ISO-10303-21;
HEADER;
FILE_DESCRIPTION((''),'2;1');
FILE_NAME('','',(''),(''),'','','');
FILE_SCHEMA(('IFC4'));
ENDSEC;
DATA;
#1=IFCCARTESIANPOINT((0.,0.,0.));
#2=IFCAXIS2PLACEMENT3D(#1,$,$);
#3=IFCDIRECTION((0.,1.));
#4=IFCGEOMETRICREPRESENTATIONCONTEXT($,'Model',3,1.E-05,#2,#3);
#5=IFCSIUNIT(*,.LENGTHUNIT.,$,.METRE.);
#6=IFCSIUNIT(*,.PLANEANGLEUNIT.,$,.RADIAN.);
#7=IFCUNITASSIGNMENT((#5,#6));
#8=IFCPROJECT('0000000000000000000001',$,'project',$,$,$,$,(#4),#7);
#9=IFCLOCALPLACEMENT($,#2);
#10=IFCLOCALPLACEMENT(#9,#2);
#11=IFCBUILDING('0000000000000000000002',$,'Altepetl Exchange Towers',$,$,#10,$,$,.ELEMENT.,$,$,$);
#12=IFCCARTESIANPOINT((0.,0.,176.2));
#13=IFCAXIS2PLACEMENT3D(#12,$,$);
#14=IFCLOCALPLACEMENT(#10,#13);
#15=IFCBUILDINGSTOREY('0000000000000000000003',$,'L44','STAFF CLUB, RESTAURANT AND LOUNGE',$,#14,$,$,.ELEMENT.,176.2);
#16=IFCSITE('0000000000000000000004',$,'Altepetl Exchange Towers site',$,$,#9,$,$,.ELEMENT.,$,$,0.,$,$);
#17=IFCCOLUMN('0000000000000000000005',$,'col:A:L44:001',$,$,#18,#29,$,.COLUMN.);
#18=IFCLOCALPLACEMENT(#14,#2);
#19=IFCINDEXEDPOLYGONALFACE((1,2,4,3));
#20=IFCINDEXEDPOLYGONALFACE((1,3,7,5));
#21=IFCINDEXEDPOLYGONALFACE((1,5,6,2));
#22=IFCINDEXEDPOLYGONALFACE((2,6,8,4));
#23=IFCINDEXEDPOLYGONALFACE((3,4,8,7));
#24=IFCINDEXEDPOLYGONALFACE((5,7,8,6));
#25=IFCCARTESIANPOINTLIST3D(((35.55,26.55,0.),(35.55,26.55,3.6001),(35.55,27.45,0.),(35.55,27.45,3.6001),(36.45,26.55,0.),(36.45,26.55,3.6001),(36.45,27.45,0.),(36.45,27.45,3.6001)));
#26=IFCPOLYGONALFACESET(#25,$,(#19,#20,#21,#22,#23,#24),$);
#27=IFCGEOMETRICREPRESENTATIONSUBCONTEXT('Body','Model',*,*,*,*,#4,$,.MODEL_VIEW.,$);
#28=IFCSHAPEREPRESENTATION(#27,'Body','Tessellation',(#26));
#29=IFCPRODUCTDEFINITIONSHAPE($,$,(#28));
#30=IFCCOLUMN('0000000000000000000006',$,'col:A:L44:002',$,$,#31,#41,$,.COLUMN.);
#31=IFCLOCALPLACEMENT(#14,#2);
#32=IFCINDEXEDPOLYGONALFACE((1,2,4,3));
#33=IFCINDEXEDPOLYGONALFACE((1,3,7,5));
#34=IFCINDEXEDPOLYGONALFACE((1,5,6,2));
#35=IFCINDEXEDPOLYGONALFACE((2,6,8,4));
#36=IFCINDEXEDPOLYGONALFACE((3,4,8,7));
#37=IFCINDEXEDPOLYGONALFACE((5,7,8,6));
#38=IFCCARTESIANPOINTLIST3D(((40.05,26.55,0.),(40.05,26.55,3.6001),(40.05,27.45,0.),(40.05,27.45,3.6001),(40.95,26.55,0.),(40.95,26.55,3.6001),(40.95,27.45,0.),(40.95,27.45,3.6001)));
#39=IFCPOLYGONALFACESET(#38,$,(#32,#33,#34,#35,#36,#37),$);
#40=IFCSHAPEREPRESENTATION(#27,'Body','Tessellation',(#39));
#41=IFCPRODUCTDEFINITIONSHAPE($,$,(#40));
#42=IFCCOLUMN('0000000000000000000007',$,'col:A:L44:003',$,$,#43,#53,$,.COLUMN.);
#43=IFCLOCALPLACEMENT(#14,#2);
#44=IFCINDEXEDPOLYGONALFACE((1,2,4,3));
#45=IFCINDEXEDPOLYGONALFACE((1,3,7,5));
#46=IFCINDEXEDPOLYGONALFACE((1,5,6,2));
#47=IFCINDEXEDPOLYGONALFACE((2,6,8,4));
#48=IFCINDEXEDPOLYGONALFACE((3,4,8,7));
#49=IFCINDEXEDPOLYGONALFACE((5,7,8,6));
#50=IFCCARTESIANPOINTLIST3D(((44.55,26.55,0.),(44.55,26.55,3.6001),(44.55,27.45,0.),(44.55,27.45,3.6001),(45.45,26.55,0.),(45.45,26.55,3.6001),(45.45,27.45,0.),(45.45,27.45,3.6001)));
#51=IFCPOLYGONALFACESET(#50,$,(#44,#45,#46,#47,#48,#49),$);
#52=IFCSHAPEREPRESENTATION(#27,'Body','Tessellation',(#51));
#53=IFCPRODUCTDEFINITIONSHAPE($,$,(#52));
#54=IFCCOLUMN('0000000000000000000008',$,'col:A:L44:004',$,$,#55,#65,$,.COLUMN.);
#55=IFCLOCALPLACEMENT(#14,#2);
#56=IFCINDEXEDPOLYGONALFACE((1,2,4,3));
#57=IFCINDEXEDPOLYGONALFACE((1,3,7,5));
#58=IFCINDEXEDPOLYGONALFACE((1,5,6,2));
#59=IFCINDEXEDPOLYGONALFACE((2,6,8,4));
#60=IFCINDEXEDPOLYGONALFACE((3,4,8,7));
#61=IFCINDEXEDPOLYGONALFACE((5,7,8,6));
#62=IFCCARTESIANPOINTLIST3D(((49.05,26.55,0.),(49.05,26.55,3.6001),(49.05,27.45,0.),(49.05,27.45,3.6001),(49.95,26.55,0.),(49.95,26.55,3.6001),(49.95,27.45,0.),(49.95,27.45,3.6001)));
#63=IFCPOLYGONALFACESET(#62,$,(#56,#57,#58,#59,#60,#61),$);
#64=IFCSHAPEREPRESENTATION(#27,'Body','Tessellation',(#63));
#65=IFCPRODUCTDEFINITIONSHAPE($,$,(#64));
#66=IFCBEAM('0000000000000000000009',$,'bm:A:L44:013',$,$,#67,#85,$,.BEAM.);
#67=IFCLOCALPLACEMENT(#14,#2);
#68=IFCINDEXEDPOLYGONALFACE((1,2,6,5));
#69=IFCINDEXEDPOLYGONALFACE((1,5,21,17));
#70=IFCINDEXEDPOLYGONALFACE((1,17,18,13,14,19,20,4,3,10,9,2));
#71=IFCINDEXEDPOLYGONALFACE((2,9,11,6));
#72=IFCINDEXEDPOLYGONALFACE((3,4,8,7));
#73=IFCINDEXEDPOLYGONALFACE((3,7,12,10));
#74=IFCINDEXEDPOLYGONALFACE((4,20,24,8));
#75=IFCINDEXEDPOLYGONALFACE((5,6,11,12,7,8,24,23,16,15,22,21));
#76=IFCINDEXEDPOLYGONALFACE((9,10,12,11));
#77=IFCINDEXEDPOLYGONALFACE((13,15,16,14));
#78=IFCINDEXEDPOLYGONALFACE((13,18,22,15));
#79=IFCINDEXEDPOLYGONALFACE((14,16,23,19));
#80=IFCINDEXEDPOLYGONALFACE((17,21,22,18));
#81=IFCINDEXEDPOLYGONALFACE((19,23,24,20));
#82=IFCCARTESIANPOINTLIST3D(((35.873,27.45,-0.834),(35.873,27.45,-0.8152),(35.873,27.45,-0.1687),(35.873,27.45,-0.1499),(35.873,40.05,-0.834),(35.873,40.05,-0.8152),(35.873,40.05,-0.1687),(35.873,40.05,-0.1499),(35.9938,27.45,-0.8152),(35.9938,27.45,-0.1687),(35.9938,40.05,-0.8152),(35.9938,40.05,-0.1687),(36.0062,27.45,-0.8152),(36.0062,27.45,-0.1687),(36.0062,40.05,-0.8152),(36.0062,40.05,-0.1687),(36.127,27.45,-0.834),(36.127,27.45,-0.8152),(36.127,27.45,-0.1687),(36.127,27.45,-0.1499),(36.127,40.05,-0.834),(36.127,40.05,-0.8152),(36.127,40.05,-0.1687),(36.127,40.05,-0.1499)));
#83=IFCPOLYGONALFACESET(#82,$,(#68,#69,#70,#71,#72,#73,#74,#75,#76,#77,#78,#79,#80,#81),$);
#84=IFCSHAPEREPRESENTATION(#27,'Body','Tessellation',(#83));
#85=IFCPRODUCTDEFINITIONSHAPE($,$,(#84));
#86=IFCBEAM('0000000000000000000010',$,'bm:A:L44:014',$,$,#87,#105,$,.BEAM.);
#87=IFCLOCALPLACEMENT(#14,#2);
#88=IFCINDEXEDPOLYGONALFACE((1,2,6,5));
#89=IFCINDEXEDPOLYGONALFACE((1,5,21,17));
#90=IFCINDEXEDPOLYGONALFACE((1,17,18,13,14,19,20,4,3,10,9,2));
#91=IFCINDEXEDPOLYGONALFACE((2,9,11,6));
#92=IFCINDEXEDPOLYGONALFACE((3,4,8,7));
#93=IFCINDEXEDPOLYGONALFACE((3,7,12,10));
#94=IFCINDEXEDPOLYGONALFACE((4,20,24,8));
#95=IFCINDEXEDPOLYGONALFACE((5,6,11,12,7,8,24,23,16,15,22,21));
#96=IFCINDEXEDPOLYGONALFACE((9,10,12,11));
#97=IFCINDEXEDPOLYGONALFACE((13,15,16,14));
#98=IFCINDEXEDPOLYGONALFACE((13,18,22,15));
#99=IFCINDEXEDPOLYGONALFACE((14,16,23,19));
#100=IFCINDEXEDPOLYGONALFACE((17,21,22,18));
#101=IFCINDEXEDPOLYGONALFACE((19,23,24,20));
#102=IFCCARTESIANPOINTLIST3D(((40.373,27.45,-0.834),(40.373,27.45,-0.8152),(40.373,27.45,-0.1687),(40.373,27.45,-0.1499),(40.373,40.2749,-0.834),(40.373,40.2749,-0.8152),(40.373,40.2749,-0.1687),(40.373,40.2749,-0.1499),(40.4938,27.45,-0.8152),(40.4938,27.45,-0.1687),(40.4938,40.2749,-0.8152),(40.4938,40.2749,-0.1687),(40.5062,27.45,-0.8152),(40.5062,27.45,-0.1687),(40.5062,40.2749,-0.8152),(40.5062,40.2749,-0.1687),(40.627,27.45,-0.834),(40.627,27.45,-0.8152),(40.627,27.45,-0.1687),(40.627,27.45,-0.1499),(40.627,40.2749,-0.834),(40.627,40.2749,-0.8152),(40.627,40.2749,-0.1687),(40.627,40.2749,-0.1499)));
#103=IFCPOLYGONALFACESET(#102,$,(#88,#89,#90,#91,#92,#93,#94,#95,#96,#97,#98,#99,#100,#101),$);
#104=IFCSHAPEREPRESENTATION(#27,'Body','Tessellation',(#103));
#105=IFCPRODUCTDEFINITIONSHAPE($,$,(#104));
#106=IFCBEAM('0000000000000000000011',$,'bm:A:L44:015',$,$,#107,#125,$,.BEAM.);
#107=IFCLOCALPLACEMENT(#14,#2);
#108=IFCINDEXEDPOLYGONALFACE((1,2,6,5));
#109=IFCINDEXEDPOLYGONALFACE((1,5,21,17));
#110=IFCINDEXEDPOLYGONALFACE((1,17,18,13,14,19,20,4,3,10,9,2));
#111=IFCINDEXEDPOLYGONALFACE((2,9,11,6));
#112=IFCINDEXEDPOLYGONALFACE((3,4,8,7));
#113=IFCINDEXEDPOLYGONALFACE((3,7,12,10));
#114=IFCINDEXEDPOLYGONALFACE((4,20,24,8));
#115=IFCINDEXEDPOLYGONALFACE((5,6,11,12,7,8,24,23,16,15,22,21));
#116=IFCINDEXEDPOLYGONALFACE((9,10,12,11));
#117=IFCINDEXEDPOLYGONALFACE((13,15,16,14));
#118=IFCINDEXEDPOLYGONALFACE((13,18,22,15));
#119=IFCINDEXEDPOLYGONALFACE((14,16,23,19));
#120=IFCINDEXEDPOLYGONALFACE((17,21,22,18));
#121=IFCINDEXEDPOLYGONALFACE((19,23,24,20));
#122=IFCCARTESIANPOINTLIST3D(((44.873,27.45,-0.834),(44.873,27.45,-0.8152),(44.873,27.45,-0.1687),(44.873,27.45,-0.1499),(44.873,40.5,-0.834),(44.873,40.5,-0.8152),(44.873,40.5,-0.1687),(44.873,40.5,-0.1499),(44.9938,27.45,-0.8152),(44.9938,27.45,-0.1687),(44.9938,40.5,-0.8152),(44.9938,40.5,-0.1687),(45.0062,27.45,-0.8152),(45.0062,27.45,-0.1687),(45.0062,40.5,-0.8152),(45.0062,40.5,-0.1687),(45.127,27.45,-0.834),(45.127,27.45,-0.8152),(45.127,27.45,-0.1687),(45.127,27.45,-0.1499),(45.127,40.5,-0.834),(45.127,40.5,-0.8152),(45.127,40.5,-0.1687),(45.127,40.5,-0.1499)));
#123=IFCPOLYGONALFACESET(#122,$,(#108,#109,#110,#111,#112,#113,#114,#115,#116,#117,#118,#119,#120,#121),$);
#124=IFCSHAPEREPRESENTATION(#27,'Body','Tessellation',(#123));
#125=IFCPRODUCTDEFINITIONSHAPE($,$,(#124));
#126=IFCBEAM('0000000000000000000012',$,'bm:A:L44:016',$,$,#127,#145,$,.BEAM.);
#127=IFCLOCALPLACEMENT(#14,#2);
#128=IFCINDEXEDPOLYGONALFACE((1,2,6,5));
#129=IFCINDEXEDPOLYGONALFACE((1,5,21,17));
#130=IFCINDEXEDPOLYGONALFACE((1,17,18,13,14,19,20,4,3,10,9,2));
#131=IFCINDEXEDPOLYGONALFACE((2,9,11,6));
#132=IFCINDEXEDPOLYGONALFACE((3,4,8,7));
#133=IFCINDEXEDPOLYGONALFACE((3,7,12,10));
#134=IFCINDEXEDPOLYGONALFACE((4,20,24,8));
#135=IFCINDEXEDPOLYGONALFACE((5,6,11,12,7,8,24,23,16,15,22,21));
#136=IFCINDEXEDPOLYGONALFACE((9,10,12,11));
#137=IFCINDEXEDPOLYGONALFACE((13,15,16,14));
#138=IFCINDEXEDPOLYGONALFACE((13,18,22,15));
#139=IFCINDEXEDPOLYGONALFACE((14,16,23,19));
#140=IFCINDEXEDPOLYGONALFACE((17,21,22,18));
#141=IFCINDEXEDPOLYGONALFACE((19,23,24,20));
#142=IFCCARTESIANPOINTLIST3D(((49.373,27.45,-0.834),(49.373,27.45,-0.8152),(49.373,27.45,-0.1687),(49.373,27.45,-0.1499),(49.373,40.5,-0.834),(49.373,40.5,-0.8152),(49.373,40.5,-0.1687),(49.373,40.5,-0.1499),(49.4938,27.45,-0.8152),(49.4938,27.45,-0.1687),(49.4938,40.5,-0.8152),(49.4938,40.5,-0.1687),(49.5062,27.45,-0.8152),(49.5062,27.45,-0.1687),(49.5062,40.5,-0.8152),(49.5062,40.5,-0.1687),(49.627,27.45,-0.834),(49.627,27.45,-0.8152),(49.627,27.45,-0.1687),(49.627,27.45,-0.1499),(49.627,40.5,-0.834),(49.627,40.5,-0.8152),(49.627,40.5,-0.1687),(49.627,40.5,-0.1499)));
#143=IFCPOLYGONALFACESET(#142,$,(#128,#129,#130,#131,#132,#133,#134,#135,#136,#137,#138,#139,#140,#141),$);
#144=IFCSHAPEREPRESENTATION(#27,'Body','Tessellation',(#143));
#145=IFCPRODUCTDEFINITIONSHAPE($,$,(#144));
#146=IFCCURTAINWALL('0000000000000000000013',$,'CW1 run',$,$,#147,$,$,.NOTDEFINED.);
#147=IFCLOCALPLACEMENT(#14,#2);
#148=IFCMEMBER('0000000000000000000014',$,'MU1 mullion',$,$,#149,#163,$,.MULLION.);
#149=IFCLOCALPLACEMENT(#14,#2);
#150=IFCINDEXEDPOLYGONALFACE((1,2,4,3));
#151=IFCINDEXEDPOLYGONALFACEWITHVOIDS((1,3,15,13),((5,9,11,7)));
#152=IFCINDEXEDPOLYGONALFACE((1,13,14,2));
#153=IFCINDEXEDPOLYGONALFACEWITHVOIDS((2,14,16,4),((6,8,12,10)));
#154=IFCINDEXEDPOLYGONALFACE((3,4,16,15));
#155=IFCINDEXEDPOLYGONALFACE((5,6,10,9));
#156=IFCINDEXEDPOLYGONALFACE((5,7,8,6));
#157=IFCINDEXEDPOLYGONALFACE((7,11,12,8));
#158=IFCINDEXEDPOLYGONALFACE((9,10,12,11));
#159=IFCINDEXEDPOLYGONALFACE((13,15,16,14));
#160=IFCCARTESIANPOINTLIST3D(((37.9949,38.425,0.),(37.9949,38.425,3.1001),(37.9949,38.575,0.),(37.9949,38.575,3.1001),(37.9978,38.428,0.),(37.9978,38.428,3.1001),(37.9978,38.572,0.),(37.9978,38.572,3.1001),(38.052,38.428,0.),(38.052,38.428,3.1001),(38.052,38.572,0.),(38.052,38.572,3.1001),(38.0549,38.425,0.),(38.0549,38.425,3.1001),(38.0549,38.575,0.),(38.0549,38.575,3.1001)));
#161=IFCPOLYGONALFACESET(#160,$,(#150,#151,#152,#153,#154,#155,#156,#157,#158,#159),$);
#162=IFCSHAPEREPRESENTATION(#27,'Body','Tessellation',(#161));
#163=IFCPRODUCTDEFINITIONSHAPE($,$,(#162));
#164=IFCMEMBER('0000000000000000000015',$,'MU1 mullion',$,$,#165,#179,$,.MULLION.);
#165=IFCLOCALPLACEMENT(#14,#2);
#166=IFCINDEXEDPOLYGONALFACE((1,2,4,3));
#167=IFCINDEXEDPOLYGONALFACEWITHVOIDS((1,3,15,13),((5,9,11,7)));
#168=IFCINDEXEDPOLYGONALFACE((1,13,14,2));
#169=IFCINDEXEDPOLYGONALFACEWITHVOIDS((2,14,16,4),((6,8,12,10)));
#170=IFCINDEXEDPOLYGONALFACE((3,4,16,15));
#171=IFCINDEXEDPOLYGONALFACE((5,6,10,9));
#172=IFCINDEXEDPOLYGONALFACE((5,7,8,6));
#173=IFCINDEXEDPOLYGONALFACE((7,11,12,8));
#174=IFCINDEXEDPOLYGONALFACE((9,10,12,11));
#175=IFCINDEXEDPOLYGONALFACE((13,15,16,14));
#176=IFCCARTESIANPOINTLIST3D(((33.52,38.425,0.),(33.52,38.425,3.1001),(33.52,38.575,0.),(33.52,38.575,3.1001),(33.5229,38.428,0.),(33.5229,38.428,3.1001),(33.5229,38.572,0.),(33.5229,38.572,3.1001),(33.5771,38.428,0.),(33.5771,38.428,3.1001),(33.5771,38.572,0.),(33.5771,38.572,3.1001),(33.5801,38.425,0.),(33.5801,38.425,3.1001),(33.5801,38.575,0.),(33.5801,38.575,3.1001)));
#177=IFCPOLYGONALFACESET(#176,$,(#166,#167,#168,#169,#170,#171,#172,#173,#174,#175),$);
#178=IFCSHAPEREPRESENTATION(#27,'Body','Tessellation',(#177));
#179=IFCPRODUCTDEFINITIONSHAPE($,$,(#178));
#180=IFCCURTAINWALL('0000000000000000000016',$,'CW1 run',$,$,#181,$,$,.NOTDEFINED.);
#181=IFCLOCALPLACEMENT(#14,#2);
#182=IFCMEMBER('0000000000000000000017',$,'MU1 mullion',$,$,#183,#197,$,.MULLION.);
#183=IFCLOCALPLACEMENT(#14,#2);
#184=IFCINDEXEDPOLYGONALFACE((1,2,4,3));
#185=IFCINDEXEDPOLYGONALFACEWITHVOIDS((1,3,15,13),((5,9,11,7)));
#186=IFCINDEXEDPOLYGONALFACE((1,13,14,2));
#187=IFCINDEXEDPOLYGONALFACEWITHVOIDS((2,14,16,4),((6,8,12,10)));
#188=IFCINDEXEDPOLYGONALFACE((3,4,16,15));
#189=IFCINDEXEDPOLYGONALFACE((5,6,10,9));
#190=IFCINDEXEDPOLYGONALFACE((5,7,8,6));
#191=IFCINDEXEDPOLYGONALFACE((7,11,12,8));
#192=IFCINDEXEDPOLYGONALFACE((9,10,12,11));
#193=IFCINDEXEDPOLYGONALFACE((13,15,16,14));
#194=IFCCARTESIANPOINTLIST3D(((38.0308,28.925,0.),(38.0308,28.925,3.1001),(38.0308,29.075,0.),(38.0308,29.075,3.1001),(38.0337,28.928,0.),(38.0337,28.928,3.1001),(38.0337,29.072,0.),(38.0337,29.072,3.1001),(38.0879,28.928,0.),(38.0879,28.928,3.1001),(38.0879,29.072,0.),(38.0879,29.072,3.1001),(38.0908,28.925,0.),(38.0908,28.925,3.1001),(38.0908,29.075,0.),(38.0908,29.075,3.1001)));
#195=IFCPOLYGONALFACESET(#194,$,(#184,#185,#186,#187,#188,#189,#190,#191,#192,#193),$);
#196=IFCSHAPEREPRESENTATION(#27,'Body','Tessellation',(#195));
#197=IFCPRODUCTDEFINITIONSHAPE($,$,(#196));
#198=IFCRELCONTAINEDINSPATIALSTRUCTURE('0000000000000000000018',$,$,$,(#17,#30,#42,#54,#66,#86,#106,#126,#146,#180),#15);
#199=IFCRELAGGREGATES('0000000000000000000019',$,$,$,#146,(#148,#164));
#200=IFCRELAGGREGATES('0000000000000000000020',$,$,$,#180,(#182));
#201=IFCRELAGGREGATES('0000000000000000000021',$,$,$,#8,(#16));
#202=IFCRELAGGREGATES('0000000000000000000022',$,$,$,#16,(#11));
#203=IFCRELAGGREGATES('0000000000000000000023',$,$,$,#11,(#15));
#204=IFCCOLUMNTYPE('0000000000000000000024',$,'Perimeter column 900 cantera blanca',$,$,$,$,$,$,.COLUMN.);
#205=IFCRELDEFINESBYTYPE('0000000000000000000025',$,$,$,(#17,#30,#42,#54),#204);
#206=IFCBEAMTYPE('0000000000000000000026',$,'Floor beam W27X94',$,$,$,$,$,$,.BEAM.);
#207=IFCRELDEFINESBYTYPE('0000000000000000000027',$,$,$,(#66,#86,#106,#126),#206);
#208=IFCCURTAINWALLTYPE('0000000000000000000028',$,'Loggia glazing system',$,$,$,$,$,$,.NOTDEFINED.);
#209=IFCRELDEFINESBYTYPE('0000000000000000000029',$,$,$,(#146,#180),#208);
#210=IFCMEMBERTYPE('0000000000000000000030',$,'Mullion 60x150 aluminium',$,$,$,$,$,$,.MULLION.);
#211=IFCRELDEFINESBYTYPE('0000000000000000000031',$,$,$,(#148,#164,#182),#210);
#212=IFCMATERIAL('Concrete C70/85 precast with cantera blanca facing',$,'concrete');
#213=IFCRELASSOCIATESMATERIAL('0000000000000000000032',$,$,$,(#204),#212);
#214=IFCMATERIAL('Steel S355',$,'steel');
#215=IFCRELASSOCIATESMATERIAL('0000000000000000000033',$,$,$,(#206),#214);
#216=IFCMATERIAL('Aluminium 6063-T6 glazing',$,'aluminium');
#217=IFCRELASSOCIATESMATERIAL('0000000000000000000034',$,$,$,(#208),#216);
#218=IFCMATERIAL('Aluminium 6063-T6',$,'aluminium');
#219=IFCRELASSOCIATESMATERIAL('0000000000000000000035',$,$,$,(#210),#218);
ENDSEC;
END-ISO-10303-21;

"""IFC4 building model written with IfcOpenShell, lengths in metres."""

from ifc_helpers import new_model, si_unit, direction, frame, origin, origin_2d, place, context, subcontext, project, spatial, rectangle, hollow_rectangle, i_section, extrude, material, material_profile, profile_set, type_object, element, aggregate, save


model = new_model("IFC4")

# Units and contexts
model_context = context("Model", 3, precision=1e-05, world=origin(), true_north=direction((0.0, 1.0)))
body_context = subcontext(model_context, "Body", "Model", "MODEL_VIEW")
ifc_project = project(units=[si_unit("LENGTHUNIT", "METRE"), si_unit("PLANEANGLEUNIT", "RADIAN")], contexts=[model_context])

# Site, building, storey
site_placement = place(None, origin())
site = spatial("IfcSite", under=ifc_project, at=site_placement, Name="Altepetl Exchange Towers site", CompositionType="ELEMENT", RefElevation=0.0)
building_placement = place(site_placement, origin())
building = spatial("IfcBuilding", under=site, at=building_placement, Name="Altepetl Exchange Towers", CompositionType="ELEMENT")
storey_placement = place(building_placement, frame((0.0, 0.0, 176.2)))
storey = spatial("IfcBuildingStorey", under=building, at=storey_placement, Name="L44", Description="STAFF CLUB, RESTAURANT AND LOUNGE", CompositionType="ELEMENT", Elevation=176.2)

# Columns
ifc_material_1 = material(Name="Concrete C70/85 precast with cantera blanca facing", Category="concrete")
ifc_material_profile_1 = material_profile(ifc_material_1, rectangle(XDim=0.8999, YDim=0.8999, at=origin_2d()), Name="900 x 900")
ifc_profile_set_1 = profile_set([ifc_material_profile_1], Name="Concrete C70/85 precast with cantera blanca facing")
column_type = type_object("IfcColumnType", Name="Perimeter column 900 cantera blanca", PredefinedType="COLUMN", material=ifc_profile_set_1)
for number, where, name in (
    (1, (36.0, 27.0, 0.0), "col:A:L44:001"),
    (2, (40.5, 27.0, 0.0), "col:A:L44:002"),
    (3, (45.0, 27.0, 0.0), "col:A:L44:003"),
    (4, (49.5, 27.0, 0.0), "col:A:L44:004"),
):
    element("IfcColumn", number, at=place(storey_placement, frame(where)), inside=storey, type_object=column_type, Name=name, PredefinedType="COLUMN", context=body_context, shape_type="SweptSolid", body=[
        extrude(rectangle(XDim=0.8999, YDim=0.8999, at=origin_2d()), origin(), (0.0, 0.0, 1.0), 3.6001),
    ])

# Beams
ifc_material_2 = material(Name="Steel S355", Category="steel")
ifc_material_profile_2 = material_profile(ifc_material_2, i_section(OverallWidth=0.2539, OverallDepth=0.6841, WebThickness=0.0125, FlangeThickness=0.0188, at=origin_2d()), Name="W27X94")
ifc_profile_set_2 = profile_set([ifc_material_profile_2], Name="Steel S355")
beam_type_1 = type_object("IfcBeamType", Name="Floor beam W27X94", PredefinedType="BEAM", material=ifc_profile_set_2)
beam_1_placement = place(storey_placement, frame((36.0, 27.45, -0.4919), z_axis=(0.0, 1.0, 0.0), x_axis=(-1.0, 0.0, 0.0)))
element("IfcBeam", 5, at=beam_1_placement, inside=storey, type_object=beam_type_1, Name="bm:A:L44:013", PredefinedType="BEAM", context=body_context, shape_type="SweptSolid", body=[
    extrude(i_section(OverallWidth=0.2539, OverallDepth=0.6841, WebThickness=0.0125, FlangeThickness=0.0188, at=origin_2d()), origin(), (0.0, 0.0, 1.0), 12.6001),
])
beam_2_placement = place(storey_placement, frame((40.5, 27.45, -0.4919), z_axis=(0.0, 1.0, 0.0), x_axis=(-1.0, 0.0, 0.0)))
element("IfcBeam", 6, at=beam_2_placement, inside=storey, type_object=beam_type_1, Name="bm:A:L44:014", PredefinedType="BEAM", context=body_context, shape_type="SweptSolid", body=[
    extrude(i_section(OverallWidth=0.2539, OverallDepth=0.6841, WebThickness=0.0125, FlangeThickness=0.0188, at=origin_2d()), origin(), (0.0, 0.0, 1.0), 12.825),
])
for number, where, z_axis, x_axis, name in (
    (7, (45.0, 27.45, -0.4919), (0.0, 1.0, 0.0), (-1.0, 0.0, 0.0), "bm:A:L44:015"),
    (8, (49.5, 27.45, -0.4919), (0.0, 1.0, 0.0), (-1.0, 0.0, 0.0), "bm:A:L44:016"),
):
    element("IfcBeam", number, at=place(storey_placement, frame(where, z_axis=z_axis, x_axis=x_axis)), inside=storey, type_object=beam_type_1, Name=name, PredefinedType="BEAM", context=body_context, shape_type="SweptSolid", body=[
        extrude(i_section(OverallWidth=0.2539, OverallDepth=0.6841, WebThickness=0.0125, FlangeThickness=0.0188, at=origin_2d()), origin(), (0.0, 0.0, 1.0), 13.05),
    ])

# Curtain walls, members
ifc_material_3 = material(Name="Aluminium 6063-T6 glazing", Category="aluminium")
curtain_wall_type = type_object("IfcCurtainWallType", Name="Loggia glazing system", PredefinedType="NOTDEFINED", material=ifc_material_3)
curtain_wall_1_placement = place(storey_placement, origin())
curtain_wall_1 = element("IfcCurtainWall", 9, at=curtain_wall_1_placement, inside=storey, type_object=curtain_wall_type, Name="CW1 run", PredefinedType="NOTDEFINED")
ifc_material_4 = material(Name="Aluminium 6063-T6", Category="aluminium")
ifc_material_profile_3 = material_profile(ifc_material_4, hollow_rectangle(XDim=0.0601, YDim=0.1499, WallThickness=0.0029, at=origin_2d()), Name="Mullion 60x150 aluminium")
ifc_profile_set_3 = profile_set([ifc_material_profile_3], Name="Aluminium 6063-T6")
member_type = type_object("IfcMemberType", Name="Mullion 60x150 aluminium", PredefinedType="MULLION", material=ifc_profile_set_3)
member_1_placement = place(storey_placement, frame((38.0249, 38.5, 0.0), z_axis=(0.0, 0.0, 1.0), x_axis=(-1.0, 0.0, 0.0)))
member_1 = element("IfcMember", 10, at=member_1_placement, type_object=member_type, Name="MU1 mullion", PredefinedType="MULLION", context=body_context, shape_type="SweptSolid", body=[
    extrude(hollow_rectangle(XDim=0.0601, YDim=0.1499, WallThickness=0.0029, at=origin_2d()), origin(), (0.0, 0.0, 1.0), 3.1001),
])
member_2_placement = place(storey_placement, frame((33.55, 38.5, 0.0), z_axis=(0.0, 0.0, 1.0), x_axis=(-1.0, 0.0, 0.0)))
member_2 = element("IfcMember", 11, at=member_2_placement, type_object=member_type, Name="MU1 mullion", PredefinedType="MULLION", context=body_context, shape_type="SweptSolid", body=[
    extrude(hollow_rectangle(XDim=0.0601, YDim=0.1499, WallThickness=0.0029, at=origin_2d()), origin(), (0.0, 0.0, 1.0), 3.1001),
])
curtain_wall_2_placement = place(storey_placement, origin())
curtain_wall_2 = element("IfcCurtainWall", 12, at=curtain_wall_2_placement, inside=storey, type_object=curtain_wall_type, Name="CW1 run", PredefinedType="NOTDEFINED")
member_3_placement = place(storey_placement, frame((38.0608, 29.0, 0.0)))
member_3 = element("IfcMember", 13, at=member_3_placement, type_object=member_type, Name="MU1 mullion", PredefinedType="MULLION", context=body_context, shape_type="SweptSolid", body=[
    extrude(hollow_rectangle(XDim=0.0601, YDim=0.1499, WallThickness=0.0029, at=origin_2d()), origin(), (0.0, 0.0, 1.0), 3.1001),
])

aggregate(curtain_wall_1, [member_1, member_2])
aggregate(curtain_wall_2, [member_3])

save(model, "model.ifc")
